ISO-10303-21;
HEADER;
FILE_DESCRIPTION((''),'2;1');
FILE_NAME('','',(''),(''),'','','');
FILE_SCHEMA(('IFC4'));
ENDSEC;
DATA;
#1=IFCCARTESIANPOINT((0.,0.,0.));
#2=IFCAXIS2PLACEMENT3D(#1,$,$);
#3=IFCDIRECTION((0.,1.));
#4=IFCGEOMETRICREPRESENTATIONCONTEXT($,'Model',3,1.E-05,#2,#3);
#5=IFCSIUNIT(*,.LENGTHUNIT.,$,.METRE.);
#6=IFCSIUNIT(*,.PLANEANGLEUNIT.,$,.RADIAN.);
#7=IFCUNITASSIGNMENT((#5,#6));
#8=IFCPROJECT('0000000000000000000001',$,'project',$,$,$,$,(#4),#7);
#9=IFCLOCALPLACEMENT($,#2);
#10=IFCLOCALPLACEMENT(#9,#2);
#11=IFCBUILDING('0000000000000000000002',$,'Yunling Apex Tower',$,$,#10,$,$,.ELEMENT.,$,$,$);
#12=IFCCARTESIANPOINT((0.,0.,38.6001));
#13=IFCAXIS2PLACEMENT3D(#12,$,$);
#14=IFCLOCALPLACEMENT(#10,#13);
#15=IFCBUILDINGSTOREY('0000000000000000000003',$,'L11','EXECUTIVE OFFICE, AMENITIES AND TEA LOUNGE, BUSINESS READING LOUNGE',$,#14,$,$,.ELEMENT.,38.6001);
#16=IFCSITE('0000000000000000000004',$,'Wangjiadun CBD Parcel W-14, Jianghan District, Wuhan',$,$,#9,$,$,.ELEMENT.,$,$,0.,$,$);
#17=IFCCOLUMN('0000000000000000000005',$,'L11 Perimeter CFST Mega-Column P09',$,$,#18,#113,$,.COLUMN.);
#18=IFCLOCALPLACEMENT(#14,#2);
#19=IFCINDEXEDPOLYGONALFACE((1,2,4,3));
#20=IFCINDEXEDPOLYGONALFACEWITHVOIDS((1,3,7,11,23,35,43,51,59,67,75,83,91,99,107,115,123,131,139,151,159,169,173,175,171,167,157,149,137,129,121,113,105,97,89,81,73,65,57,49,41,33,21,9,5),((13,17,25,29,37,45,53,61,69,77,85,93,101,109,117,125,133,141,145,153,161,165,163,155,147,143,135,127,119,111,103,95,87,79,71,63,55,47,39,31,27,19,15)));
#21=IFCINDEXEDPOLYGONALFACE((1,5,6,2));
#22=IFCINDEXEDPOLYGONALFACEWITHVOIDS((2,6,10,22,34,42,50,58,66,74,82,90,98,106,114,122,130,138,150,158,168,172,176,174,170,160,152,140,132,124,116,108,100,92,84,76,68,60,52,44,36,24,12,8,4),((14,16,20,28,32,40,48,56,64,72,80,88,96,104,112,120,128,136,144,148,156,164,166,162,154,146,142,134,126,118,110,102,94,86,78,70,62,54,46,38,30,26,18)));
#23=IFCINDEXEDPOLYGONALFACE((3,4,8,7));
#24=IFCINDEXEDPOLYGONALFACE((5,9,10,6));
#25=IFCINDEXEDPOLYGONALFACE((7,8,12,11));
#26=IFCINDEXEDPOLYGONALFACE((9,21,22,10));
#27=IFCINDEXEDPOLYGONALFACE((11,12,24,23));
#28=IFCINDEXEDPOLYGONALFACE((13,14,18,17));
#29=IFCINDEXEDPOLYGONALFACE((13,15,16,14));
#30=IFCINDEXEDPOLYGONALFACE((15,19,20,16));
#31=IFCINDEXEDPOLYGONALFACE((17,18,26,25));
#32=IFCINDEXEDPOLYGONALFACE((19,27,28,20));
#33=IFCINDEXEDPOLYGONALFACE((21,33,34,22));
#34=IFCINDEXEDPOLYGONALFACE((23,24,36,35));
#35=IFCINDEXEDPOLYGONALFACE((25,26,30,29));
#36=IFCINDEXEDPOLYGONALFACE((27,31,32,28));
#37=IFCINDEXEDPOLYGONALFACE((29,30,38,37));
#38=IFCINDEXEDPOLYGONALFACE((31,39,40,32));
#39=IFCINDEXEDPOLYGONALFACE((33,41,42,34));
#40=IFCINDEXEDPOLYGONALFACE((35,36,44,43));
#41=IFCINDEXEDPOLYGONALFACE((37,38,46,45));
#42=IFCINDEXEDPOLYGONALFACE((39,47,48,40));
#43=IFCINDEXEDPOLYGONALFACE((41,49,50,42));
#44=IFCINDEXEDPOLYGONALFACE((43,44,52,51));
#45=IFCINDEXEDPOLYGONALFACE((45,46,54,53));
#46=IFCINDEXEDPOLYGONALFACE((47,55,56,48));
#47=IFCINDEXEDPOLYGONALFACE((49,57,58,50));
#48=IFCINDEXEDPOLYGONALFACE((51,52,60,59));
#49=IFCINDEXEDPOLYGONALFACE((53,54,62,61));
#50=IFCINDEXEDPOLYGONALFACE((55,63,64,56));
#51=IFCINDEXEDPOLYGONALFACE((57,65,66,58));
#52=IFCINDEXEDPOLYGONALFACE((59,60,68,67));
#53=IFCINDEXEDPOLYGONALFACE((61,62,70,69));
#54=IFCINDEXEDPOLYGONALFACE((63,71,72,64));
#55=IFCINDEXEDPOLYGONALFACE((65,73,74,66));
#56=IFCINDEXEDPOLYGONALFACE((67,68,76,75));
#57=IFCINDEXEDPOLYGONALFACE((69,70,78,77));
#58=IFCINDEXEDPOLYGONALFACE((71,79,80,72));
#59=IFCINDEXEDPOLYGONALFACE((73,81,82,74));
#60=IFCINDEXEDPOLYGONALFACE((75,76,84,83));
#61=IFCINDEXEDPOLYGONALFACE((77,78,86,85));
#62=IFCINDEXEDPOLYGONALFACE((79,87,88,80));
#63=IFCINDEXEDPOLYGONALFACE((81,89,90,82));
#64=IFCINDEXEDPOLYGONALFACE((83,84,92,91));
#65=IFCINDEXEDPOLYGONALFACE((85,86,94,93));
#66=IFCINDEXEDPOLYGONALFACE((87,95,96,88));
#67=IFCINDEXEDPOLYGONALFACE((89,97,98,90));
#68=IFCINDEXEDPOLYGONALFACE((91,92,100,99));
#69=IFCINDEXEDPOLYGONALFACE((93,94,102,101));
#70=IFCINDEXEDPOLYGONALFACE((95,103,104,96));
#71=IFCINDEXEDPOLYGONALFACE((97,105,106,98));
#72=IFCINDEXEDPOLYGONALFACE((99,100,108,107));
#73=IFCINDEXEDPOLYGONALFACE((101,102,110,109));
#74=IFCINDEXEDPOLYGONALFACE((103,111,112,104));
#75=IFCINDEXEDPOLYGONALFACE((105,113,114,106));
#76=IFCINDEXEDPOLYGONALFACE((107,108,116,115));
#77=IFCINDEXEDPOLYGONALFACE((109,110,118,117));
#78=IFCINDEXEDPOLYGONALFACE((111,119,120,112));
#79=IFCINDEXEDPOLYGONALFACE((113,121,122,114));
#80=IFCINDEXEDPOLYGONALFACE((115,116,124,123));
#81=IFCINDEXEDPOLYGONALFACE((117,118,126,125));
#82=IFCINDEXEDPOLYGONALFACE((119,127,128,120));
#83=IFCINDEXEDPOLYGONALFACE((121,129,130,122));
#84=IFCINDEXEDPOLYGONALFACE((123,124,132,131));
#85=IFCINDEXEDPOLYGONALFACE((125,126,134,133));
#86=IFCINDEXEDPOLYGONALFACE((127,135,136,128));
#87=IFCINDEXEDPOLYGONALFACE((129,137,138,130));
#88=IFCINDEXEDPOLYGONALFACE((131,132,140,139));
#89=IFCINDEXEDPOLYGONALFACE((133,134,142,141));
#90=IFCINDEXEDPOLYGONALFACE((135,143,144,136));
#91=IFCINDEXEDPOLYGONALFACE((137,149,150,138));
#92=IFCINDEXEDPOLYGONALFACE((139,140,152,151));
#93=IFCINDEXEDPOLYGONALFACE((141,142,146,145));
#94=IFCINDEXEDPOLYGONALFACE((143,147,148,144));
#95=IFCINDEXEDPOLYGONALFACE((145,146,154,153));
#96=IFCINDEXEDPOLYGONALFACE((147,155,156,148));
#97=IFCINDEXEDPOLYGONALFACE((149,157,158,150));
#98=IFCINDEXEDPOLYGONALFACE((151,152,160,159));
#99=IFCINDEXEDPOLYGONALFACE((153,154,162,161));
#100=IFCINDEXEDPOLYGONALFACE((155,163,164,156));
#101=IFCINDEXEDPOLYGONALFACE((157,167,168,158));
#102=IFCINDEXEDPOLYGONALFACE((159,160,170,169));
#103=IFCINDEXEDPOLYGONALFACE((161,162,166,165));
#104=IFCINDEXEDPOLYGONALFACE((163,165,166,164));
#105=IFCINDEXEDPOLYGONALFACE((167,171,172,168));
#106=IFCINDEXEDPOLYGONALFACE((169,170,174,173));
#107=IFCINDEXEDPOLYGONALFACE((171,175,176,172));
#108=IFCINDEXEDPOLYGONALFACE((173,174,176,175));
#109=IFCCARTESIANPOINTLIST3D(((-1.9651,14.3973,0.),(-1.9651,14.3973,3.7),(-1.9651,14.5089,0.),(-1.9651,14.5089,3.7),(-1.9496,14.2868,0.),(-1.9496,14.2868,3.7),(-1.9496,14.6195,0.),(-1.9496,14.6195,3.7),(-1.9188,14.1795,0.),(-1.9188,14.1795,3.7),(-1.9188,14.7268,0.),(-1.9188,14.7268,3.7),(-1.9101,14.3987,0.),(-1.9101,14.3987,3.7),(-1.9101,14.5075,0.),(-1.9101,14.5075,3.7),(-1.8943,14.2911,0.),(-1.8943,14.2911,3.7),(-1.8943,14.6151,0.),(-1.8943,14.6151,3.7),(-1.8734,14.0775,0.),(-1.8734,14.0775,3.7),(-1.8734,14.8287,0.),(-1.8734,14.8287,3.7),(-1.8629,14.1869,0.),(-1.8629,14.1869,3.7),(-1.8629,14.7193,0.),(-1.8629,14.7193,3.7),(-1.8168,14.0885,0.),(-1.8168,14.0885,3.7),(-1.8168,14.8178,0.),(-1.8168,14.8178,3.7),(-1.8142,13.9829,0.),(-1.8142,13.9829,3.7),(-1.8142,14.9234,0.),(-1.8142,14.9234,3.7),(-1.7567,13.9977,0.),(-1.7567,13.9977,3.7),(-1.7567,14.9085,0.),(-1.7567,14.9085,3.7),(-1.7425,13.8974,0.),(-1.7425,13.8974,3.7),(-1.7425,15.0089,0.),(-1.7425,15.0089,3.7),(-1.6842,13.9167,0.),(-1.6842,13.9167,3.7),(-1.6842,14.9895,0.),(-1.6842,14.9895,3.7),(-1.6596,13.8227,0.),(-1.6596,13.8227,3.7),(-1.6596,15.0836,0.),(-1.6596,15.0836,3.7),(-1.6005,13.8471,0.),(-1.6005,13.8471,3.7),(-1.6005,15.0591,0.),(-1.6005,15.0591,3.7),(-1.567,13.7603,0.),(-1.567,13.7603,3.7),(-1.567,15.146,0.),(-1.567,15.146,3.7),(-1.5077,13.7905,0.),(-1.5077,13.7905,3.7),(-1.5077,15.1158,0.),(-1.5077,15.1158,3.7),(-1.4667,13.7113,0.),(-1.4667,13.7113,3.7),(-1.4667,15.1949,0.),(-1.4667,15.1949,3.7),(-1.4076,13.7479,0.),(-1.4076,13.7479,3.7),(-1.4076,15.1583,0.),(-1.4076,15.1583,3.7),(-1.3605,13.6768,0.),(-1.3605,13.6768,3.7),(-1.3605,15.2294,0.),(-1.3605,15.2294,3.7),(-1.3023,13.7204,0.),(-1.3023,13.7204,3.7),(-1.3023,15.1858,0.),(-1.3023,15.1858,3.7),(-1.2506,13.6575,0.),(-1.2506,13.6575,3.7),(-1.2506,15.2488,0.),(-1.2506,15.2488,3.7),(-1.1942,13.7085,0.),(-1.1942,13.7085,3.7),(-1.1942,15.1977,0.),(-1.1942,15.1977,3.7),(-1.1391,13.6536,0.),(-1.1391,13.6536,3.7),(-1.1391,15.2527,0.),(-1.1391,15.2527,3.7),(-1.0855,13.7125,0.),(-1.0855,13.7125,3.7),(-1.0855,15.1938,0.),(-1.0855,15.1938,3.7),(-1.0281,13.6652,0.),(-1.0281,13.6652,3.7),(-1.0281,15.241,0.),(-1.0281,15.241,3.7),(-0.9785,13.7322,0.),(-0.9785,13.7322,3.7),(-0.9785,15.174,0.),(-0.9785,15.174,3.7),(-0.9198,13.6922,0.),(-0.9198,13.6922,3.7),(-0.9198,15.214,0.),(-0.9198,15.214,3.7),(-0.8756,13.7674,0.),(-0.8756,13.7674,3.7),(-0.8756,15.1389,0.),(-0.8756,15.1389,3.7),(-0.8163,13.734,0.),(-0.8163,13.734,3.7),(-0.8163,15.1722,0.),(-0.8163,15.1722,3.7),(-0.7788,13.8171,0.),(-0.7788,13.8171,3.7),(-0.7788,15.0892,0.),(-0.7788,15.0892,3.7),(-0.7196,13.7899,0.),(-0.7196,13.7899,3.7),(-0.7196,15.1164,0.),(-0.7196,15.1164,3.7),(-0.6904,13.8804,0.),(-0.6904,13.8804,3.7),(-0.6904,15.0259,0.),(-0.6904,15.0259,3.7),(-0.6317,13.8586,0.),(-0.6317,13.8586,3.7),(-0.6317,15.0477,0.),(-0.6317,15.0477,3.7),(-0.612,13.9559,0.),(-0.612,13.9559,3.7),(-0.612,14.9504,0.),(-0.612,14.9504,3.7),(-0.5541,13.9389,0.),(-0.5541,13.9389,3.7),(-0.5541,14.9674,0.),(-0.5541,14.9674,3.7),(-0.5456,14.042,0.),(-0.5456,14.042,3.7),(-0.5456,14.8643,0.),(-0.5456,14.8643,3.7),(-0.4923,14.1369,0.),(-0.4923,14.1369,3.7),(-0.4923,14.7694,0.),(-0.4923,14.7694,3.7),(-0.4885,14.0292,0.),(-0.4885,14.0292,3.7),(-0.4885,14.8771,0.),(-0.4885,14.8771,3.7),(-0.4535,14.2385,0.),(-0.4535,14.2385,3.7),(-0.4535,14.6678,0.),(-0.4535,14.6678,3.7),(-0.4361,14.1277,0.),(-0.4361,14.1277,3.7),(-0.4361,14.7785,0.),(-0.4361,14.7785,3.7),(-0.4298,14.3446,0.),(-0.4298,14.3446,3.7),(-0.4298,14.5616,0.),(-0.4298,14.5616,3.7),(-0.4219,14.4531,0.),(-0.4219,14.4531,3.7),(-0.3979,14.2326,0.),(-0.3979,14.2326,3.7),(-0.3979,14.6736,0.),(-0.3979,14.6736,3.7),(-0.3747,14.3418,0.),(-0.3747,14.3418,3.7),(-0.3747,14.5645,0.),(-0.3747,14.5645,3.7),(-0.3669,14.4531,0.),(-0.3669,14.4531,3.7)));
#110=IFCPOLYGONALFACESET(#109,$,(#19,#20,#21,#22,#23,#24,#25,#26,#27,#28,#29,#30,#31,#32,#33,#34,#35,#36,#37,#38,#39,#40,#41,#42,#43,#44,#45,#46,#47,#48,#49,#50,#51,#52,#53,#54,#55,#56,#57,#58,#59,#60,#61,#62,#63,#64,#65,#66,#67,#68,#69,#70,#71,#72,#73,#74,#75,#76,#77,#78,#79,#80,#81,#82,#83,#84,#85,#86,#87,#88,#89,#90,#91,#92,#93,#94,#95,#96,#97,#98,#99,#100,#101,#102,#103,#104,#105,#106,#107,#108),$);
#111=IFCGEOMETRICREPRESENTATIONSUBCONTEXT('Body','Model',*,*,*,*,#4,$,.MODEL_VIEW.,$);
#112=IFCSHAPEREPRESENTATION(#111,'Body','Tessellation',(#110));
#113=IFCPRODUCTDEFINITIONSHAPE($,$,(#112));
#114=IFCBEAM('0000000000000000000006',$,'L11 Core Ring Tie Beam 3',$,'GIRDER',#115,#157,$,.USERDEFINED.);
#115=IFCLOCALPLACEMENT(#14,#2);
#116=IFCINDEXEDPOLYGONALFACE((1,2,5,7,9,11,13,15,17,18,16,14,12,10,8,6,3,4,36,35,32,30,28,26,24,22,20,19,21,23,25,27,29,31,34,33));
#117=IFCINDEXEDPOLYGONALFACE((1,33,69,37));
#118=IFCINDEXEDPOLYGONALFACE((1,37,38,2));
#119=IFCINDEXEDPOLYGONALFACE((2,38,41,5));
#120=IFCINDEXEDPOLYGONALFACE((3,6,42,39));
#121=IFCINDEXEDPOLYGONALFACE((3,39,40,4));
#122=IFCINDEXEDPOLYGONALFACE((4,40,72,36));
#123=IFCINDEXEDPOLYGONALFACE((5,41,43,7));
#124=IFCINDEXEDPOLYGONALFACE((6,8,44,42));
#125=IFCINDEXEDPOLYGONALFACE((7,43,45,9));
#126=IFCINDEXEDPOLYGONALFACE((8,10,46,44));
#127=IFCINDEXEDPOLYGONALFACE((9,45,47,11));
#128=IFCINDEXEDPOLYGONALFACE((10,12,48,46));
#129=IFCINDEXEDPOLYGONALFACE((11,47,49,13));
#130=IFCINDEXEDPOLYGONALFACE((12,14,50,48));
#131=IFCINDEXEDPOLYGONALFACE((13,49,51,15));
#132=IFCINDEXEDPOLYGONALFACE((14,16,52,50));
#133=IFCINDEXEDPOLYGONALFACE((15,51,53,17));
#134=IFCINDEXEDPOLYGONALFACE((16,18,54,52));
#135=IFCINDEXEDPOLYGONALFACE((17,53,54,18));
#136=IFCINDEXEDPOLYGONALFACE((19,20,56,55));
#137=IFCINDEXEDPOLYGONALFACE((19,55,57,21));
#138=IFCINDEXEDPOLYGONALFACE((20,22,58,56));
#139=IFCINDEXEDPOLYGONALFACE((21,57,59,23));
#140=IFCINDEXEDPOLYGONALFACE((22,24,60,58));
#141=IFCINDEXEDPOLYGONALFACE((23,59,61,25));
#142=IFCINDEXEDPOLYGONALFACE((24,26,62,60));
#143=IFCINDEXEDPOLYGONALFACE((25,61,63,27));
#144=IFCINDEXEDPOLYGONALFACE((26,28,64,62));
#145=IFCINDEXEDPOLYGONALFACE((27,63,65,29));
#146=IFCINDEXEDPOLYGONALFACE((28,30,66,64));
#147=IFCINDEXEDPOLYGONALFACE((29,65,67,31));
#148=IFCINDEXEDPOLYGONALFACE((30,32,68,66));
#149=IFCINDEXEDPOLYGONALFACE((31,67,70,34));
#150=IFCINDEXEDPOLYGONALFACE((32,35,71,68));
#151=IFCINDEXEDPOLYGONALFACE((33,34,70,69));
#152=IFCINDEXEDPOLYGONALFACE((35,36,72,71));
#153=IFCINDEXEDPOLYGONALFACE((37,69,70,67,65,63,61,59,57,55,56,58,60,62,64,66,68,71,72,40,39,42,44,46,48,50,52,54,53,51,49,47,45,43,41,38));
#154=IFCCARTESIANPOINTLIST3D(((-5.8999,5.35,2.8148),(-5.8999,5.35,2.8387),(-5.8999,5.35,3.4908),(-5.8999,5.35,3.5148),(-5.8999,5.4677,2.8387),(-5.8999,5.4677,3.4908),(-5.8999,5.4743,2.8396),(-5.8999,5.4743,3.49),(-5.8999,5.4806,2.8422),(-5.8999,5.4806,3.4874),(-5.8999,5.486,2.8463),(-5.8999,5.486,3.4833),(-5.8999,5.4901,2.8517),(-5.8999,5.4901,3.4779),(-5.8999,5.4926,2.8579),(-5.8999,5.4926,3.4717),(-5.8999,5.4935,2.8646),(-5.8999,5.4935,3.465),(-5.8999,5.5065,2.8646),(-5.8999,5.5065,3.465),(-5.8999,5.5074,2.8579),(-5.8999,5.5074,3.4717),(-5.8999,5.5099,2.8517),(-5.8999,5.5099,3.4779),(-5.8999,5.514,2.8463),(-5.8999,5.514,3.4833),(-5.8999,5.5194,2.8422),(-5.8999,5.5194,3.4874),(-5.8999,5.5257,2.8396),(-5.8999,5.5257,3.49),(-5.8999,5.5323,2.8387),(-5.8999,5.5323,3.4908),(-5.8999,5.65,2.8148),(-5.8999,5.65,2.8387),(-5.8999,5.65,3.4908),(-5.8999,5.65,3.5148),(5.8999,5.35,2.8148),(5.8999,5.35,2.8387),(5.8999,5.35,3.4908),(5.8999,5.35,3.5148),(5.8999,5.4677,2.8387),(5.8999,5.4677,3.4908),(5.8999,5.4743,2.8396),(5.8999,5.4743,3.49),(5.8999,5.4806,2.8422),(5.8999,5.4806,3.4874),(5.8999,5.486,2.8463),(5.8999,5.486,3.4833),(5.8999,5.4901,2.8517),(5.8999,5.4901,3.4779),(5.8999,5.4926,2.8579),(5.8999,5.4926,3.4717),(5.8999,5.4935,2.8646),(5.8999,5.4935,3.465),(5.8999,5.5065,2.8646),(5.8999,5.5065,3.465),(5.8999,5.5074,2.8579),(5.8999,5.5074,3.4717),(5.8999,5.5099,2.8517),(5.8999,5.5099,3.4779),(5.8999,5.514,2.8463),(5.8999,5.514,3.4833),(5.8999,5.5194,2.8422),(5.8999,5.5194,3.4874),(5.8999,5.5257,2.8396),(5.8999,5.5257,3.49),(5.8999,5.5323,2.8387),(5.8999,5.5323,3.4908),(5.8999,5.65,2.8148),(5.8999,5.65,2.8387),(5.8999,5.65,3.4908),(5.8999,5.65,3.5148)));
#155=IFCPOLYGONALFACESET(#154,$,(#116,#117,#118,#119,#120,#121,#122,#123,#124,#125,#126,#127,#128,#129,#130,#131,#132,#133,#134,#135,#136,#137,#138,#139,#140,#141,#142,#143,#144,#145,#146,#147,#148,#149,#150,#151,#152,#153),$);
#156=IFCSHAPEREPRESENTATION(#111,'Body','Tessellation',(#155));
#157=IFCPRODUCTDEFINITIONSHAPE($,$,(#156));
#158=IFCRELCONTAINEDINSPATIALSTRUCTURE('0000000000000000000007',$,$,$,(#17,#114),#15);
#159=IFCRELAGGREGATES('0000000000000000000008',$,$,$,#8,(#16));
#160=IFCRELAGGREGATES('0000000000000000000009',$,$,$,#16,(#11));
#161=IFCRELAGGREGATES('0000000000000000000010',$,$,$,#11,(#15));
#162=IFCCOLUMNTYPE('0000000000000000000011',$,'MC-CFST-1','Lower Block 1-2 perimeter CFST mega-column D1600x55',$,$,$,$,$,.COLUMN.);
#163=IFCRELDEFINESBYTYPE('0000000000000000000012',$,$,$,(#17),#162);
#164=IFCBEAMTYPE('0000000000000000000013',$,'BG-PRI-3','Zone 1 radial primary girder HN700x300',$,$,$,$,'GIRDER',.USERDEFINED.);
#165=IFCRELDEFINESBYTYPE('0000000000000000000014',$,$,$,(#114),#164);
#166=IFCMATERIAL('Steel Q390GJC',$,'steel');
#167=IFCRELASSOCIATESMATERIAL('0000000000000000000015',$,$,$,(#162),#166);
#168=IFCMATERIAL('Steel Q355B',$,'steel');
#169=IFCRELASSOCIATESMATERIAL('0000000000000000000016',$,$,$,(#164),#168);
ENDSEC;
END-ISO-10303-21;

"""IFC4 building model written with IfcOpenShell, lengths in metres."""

from ifc_helpers import new_model, si_unit, direction, frame, origin, origin_2d, place, context, subcontext, project, spatial, hollow_circle, i_section, extrude, source, transform, mapped, material, material_profile, profile_set, type_object, element, save


model = new_model("IFC4")

# Units and contexts
model_context = context("Model", 3, precision=1e-05, world=origin(), true_north=direction((0.0, 1.0)))
body_context = subcontext(model_context, "Body", "Model", "MODEL_VIEW")
ifc_project = project(units=[si_unit("LENGTHUNIT", "METRE"), si_unit("PLANEANGLEUNIT", "RADIAN")], contexts=[model_context])

# Site, building, storey
site_placement = place(None, origin())
site = spatial("IfcSite", under=ifc_project, at=site_placement, Name="Wangjiadun CBD Parcel W-14, Jianghan District, Wuhan", CompositionType="ELEMENT", RefElevation=0.0)
building_placement = place(site_placement, origin())
building = spatial("IfcBuilding", under=site, at=building_placement, Name="Yunling Apex Tower", CompositionType="ELEMENT")
storey_placement = place(building_placement, frame((0.0, 0.0, 38.6001)))
storey = spatial("IfcBuildingStorey", under=building, at=storey_placement, Name="L11", Description="EXECUTIVE OFFICE, AMENITIES AND TEA LOUNGE, BUSINESS READING LOUNGE", CompositionType="ELEMENT", Elevation=38.6001)

# Column
ifc_material_1 = material(Name="Steel Q390GJC", Category="steel")
ifc_material_profile_1 = material_profile(ifc_material_1, hollow_circle(Radius=0.8, WallThickness=0.0549, at=origin_2d()))
ifc_profile_set_1 = profile_set([ifc_material_profile_1], Name="Steel Q390GJC")
column_type_1 = type_object("IfcColumnType", Name="MC-CFST-1", Description="Lower Block 1-2 perimeter CFST mega-column D1600x55", PredefinedType="COLUMN", material=ifc_profile_set_1)
shared_shape_1 = source(origin(), body_context, "Body", "SweptSolid", [
    extrude(hollow_circle(Radius=0.8, WallThickness=0.0549, at=origin_2d()), origin(), (0.0, 0.0, 1.0), 3.7),
])
for number, where, z_axis, x_axis, name in (
    (1, (-1.167, 14.4531, 0.0), (0.0, 0.0, 1.0), (1.0, 0.0, 0.0), "L11 Perimeter CFST Mega-Column P09"),
):
    element("IfcColumn", number, at=place(storey_placement, frame(where, z_axis=z_axis, x_axis=x_axis)), inside=storey, type_object=column_type_1, Name=name, PredefinedType="COLUMN", context=body_context, shape_type="MappedRepresentation", body=[
        mapped(shared_shape_1, transform((0.0, 0.0, 0.0), scale=1.0)),
    ])

# Beam
ifc_material_2 = material(Name="Steel Q355B", Category="steel")
ifc_material_profile_2 = material_profile(ifc_material_2, i_section(OverallWidth=0.3, OverallDepth=0.7, WebThickness=0.0129, FlangeThickness=0.0239, FilletRadius=0.0259, at=origin_2d()))
ifc_profile_set_2 = profile_set([ifc_material_profile_2], Name="Steel Q355B")
beam_type_1 = type_object("IfcBeamType", Name="BG-PRI-3", Description="Zone 1 radial primary girder HN700x300", ElementType="GIRDER", PredefinedType="USERDEFINED", material=ifc_profile_set_2)
shared_shape_2 = source(origin(), body_context, "Body", "SweptSolid", [
    extrude(i_section(OverallWidth=0.3, OverallDepth=0.7, WebThickness=0.0129, FlangeThickness=0.0239, FilletRadius=0.0259, at=origin_2d()), origin(), (0.0, 0.0, 1.0), 11.7998),
])
beam_1_placement = place(storey_placement, frame((5.8999, 5.5, 3.1648), z_axis=(-1.0, 0.0, 0.0), x_axis=(0.0, -1.0, 0.0)))
element("IfcBeam", 2, at=beam_1_placement, inside=storey, type_object=beam_type_1, Name="L11 Core Ring Tie Beam 3", ObjectType="GIRDER", PredefinedType="USERDEFINED", context=body_context, shape_type="MappedRepresentation", body=[
    mapped(shared_shape_2, transform((0.0, 0.0, 0.0), scale=1.0)),
])

save(model, "model.ifc")
